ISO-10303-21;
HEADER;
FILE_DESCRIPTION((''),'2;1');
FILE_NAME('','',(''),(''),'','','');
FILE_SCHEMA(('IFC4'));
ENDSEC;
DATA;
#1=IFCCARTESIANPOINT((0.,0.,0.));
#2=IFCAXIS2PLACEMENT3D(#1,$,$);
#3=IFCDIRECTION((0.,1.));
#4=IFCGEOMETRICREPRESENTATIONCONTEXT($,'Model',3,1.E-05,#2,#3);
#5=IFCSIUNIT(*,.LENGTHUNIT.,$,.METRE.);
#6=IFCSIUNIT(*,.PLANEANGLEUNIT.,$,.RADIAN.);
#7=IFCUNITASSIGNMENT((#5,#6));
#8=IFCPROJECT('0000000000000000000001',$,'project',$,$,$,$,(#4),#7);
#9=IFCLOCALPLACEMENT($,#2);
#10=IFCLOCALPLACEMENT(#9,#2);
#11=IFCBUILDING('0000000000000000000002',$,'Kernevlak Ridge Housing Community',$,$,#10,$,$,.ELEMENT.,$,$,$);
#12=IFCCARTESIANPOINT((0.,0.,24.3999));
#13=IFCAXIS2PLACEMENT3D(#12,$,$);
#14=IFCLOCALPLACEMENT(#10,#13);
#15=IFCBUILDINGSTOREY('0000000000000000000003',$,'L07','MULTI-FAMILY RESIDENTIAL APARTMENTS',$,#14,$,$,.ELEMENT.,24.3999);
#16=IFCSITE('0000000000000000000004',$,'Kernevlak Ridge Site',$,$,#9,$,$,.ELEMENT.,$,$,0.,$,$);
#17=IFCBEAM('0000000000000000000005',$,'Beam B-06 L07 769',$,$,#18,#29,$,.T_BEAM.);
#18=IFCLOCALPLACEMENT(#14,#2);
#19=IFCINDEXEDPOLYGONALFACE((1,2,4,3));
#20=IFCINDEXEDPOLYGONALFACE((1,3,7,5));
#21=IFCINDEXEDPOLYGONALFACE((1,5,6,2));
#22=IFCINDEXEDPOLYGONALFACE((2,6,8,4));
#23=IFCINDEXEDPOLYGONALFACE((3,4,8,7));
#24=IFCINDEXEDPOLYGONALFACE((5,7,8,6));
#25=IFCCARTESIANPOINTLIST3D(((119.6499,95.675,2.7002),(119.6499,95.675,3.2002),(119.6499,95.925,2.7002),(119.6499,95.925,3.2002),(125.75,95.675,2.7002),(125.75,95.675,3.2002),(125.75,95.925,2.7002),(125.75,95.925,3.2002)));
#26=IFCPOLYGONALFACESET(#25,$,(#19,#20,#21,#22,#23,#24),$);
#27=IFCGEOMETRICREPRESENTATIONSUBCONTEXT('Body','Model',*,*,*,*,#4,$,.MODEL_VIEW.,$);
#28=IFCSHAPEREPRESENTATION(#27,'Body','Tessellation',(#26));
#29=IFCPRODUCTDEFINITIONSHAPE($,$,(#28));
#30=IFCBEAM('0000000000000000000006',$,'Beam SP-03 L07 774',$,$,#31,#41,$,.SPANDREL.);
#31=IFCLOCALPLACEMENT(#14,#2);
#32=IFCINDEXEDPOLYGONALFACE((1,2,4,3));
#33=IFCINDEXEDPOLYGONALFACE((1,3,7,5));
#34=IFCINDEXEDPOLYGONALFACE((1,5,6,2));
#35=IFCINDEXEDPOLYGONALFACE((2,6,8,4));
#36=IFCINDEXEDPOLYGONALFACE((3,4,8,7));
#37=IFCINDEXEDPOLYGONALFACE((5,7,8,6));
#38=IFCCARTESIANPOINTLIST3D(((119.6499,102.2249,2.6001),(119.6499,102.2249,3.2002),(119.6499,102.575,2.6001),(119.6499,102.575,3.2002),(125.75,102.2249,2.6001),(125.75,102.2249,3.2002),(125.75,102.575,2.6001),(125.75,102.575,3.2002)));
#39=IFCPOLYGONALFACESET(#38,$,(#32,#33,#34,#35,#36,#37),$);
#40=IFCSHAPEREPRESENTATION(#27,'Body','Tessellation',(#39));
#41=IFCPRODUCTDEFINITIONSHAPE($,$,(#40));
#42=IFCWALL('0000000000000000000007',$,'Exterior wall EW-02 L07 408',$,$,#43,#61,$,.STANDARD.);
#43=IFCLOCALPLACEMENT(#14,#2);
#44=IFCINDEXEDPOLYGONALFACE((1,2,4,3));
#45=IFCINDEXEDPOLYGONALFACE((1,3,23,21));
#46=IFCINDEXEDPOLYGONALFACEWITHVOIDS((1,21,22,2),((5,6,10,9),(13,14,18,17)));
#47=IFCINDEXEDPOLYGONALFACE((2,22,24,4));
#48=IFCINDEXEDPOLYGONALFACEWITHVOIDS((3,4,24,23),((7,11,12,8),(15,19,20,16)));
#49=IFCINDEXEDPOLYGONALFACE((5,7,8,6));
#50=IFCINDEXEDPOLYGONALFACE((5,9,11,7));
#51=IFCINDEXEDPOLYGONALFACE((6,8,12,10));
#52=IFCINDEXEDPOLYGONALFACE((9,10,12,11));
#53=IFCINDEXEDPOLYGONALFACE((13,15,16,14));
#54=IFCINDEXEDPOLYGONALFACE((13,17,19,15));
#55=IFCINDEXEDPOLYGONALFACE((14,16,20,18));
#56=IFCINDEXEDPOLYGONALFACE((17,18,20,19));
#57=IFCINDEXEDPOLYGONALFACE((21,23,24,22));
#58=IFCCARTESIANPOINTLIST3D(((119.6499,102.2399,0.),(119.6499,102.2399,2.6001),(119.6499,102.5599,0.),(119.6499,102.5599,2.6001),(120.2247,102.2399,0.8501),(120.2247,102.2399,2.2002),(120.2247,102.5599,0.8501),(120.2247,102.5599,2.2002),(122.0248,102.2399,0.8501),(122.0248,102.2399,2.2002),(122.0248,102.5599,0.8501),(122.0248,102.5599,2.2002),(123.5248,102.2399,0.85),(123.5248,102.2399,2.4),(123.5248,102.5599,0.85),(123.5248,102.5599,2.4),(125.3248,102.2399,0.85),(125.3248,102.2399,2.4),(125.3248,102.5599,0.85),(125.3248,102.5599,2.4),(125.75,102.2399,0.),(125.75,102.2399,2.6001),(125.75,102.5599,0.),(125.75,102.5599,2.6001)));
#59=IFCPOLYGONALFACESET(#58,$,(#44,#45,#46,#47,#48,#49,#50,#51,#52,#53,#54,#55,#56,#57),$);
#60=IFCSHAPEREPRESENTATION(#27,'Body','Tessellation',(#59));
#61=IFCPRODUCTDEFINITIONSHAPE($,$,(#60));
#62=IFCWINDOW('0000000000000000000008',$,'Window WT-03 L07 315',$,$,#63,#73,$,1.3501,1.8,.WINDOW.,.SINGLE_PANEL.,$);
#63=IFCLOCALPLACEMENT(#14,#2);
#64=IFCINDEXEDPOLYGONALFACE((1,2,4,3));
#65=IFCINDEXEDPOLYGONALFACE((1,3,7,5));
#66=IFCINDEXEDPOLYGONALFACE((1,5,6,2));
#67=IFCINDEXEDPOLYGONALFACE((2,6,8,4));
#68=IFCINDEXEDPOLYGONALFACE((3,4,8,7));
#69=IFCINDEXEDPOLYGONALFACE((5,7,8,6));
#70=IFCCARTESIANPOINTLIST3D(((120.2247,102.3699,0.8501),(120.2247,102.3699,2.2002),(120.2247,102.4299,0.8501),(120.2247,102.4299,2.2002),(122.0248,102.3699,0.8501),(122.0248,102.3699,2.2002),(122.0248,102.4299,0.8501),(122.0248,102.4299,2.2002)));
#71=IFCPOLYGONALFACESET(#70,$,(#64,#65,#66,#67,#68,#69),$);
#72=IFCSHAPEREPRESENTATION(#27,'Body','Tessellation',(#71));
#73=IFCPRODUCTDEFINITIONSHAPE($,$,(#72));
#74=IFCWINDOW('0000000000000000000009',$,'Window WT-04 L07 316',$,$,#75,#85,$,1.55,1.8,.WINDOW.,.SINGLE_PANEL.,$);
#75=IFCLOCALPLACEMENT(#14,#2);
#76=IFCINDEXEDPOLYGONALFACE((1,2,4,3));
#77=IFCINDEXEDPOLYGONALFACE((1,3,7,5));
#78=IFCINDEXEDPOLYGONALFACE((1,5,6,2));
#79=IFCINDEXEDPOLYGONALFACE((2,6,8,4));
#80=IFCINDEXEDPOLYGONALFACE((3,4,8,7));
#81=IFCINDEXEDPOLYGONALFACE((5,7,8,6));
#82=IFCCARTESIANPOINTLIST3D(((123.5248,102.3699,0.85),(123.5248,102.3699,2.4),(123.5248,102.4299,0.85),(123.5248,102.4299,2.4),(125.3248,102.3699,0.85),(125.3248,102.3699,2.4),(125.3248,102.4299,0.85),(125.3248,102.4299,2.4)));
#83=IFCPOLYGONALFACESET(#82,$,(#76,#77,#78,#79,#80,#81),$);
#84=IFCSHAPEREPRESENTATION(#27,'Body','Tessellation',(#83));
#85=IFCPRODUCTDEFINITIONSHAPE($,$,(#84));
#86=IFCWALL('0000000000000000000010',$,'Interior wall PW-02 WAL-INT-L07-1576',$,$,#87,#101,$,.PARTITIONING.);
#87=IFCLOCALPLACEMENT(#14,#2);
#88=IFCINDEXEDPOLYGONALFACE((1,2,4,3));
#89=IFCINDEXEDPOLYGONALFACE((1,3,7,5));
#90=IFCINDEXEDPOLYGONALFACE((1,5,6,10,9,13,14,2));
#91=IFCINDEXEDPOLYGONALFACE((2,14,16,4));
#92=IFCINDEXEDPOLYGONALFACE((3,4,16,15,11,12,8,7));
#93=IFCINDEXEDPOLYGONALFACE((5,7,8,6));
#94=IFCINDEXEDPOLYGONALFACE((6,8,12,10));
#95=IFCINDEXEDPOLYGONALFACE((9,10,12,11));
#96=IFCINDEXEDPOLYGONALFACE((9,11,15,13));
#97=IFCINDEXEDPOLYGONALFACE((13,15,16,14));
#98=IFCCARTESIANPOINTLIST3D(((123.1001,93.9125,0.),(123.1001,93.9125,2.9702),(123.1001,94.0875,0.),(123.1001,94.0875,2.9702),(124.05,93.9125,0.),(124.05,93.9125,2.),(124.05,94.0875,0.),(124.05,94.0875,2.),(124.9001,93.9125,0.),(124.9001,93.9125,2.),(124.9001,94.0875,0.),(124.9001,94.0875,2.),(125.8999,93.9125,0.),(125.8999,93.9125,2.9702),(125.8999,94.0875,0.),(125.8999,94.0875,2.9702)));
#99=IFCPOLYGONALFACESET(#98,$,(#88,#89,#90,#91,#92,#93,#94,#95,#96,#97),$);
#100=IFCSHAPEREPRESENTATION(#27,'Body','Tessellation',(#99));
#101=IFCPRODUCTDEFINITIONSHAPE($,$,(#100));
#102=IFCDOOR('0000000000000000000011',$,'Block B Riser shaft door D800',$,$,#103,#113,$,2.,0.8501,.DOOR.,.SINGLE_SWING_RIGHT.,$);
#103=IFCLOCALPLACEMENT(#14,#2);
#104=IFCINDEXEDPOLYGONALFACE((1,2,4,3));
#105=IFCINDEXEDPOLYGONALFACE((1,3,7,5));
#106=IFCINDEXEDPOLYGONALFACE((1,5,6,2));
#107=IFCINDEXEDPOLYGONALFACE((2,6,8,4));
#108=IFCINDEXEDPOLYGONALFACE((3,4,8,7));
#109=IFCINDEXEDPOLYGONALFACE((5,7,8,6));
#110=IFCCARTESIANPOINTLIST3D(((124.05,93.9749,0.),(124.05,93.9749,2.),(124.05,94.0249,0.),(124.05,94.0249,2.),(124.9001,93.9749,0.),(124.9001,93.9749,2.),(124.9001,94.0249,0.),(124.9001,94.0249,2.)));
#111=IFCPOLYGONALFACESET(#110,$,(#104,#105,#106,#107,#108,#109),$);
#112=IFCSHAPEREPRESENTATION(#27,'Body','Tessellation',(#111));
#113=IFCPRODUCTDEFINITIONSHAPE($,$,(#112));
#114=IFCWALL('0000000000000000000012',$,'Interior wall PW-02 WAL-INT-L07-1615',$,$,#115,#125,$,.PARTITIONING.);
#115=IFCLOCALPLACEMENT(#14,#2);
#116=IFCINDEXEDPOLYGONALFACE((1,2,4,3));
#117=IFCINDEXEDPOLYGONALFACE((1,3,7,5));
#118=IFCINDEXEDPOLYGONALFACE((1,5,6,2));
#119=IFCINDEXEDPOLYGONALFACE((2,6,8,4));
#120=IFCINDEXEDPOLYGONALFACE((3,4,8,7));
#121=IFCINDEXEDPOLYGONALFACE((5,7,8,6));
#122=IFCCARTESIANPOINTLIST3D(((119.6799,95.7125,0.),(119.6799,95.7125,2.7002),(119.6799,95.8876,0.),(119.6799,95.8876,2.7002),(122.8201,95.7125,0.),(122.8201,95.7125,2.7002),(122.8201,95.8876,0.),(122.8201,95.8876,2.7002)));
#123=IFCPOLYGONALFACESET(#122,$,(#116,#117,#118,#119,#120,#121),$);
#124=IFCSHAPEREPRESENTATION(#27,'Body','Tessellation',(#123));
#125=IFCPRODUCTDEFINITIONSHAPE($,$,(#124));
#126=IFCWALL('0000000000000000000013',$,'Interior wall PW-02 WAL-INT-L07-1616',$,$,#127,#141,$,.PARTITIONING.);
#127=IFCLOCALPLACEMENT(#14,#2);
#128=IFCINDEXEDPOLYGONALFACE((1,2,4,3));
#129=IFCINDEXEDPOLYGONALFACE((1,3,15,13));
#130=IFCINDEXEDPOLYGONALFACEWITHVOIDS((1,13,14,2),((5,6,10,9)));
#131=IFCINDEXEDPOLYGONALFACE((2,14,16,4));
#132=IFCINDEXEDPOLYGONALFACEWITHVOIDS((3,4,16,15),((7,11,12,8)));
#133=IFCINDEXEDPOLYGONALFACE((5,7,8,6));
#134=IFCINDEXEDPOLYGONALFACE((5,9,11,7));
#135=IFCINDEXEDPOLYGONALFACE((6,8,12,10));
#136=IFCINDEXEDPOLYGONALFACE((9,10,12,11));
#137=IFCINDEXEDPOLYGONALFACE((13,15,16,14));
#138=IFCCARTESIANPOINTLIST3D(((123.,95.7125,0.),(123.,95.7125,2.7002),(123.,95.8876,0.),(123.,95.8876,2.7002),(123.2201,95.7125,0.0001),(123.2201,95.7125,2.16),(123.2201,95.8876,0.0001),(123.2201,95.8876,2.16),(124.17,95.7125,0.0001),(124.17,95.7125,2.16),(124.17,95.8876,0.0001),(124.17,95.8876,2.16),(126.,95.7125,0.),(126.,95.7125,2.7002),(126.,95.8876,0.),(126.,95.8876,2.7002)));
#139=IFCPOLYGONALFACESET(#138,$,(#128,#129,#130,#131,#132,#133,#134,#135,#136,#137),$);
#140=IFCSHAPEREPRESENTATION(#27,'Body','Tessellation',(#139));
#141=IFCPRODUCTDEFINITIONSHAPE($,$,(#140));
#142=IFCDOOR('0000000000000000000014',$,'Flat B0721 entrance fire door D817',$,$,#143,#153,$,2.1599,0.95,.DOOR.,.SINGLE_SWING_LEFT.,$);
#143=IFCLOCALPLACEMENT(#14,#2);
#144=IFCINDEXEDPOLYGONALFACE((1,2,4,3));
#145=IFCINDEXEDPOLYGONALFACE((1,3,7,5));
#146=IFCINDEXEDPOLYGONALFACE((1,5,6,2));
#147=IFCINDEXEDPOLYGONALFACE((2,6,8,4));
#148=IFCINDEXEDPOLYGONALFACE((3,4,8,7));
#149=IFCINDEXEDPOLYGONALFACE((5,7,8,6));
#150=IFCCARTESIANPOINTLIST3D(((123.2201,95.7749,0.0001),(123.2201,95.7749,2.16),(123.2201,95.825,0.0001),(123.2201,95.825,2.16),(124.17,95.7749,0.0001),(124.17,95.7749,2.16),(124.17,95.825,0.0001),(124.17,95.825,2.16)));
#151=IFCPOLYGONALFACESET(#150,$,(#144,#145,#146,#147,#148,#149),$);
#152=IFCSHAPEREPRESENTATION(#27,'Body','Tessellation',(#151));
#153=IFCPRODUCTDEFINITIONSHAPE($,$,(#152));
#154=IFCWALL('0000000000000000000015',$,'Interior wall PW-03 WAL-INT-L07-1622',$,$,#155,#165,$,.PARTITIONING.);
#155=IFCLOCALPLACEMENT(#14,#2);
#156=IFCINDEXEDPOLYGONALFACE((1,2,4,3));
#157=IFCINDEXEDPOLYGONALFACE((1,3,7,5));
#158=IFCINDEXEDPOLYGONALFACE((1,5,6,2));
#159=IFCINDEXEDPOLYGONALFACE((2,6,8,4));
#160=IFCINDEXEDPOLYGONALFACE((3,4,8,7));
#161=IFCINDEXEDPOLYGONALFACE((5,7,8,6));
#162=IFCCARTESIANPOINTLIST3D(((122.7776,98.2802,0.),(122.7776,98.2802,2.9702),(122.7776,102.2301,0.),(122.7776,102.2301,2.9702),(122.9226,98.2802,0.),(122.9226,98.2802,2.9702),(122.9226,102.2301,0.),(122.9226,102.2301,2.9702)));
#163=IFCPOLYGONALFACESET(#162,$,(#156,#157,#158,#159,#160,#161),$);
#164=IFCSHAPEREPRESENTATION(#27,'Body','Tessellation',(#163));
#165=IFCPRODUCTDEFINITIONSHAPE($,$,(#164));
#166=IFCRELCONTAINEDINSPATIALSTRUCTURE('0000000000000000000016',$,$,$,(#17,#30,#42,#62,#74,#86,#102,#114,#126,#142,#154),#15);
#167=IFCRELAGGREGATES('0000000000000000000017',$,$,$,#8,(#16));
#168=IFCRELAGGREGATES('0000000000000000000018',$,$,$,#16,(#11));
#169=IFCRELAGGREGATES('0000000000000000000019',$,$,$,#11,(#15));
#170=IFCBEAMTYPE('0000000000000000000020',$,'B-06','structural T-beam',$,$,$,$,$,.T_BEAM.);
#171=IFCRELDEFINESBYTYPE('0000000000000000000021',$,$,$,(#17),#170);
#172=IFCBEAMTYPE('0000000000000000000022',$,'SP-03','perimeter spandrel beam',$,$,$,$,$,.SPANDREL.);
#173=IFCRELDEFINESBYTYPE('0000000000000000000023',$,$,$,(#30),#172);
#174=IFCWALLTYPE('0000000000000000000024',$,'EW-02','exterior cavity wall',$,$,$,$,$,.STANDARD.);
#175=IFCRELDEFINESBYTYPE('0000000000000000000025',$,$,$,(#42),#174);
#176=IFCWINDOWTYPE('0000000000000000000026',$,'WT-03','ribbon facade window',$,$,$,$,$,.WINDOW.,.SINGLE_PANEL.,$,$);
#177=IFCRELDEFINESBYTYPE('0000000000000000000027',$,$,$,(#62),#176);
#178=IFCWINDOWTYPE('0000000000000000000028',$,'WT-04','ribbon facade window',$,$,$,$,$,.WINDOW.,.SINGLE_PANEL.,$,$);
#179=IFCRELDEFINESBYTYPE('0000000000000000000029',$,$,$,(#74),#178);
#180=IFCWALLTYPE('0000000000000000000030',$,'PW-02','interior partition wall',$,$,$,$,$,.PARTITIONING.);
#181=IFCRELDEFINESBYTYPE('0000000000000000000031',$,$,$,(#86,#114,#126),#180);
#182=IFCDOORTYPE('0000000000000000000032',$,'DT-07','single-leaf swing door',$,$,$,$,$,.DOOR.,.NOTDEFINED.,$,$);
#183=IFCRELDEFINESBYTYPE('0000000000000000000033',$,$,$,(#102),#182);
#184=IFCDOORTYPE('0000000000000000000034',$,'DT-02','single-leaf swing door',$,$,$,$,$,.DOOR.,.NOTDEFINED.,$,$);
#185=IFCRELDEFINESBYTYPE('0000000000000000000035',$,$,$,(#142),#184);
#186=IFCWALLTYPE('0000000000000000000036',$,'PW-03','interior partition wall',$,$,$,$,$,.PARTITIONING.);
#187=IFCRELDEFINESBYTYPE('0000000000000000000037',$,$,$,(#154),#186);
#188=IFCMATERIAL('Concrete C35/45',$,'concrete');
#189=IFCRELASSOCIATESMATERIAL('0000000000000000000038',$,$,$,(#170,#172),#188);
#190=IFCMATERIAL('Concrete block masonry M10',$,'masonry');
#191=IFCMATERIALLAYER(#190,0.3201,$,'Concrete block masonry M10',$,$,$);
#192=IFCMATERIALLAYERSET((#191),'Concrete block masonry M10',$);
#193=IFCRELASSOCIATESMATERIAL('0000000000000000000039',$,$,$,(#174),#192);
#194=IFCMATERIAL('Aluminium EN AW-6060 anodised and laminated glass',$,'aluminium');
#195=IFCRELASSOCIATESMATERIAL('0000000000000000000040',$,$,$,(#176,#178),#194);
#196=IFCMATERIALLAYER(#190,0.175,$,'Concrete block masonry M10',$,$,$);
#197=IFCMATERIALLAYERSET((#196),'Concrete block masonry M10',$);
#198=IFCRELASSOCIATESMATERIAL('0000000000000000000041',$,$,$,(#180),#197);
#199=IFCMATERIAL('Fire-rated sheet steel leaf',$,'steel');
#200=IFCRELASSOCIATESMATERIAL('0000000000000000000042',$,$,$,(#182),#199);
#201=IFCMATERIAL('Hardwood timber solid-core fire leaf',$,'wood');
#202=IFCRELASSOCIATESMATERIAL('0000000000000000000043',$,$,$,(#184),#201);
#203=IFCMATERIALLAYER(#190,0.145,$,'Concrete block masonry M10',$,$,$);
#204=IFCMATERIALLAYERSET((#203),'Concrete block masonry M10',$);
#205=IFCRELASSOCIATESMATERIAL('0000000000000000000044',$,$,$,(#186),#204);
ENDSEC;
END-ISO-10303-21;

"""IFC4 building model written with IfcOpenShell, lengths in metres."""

from ifc_helpers import new_model, si_unit, direction, frame, frame_2d, origin, origin_2d, place, context, subcontext, project, spatial, rectangle, extrude, material, layer, layer_set, material_profile, profile_set, type_object, element, fill, save


model = new_model("IFC4")

# Units and contexts
model_context = context("Model", 3, precision=1e-05, world=origin(), true_north=direction((0.0, 1.0)))
body_context = subcontext(model_context, "Body", "Model", "MODEL_VIEW")
ifc_project = project(units=[si_unit("LENGTHUNIT", "METRE"), si_unit("PLANEANGLEUNIT", "RADIAN")], contexts=[model_context])

# Site, building, storey
site_placement = place(None, origin())
site = spatial("IfcSite", under=ifc_project, at=site_placement, Name="Kernevlak Ridge Site", CompositionType="ELEMENT", RefElevation=0.0)
building_placement = place(site_placement, origin())
building = spatial("IfcBuilding", under=site, at=building_placement, Name="Kernevlak Ridge Housing Community", CompositionType="ELEMENT")
storey_placement = place(building_placement, frame((0.0, 0.0, 24.3999)))
storey = spatial("IfcBuildingStorey", under=building, at=storey_placement, Name="L07", Description="MULTI-FAMILY RESIDENTIAL APARTMENTS", CompositionType="ELEMENT", Elevation=24.3999)

# Beams
ifc_material_1 = material(Name="Concrete C35/45", Category="concrete")
ifc_material_profile_1 = material_profile(ifc_material_1, rectangle(XDim=0.25, YDim=0.5, at=origin_2d()), Name="RC 250x500")
ifc_profile_set_1 = profile_set([ifc_material_profile_1], Name="Concrete C35/45")
beam_type_1 = type_object("IfcBeamType", Name="B-06", Description="structural T-beam", PredefinedType="T_BEAM", material=ifc_profile_set_1)
beam_1_placement = place(storey_placement, frame((119.6499, 95.8, 2.9502), z_axis=(1.0, 0.0, 0.0), x_axis=(0.0, 1.0, 0.0)))
element("IfcBeam", 1, at=beam_1_placement, inside=storey, type_object=beam_type_1, Name="Beam B-06 L07 769", PredefinedType="T_BEAM", context=body_context, shape_type="SweptSolid", body=[
    extrude(rectangle(XDim=0.25, YDim=0.5, at=origin_2d()), origin(), (0.0, 0.0, 1.0), 6.1001),
])
ifc_material_profile_2 = material_profile(ifc_material_1, rectangle(XDim=0.3501, YDim=0.6001, at=origin_2d()), Name="RC 350x600")
ifc_profile_set_2 = profile_set([ifc_material_profile_2], Name="Concrete C35/45")
beam_type_2 = type_object("IfcBeamType", Name="SP-03", Description="perimeter spandrel beam", PredefinedType="SPANDREL", material=ifc_profile_set_2)
beam_2_placement = place(storey_placement, frame((119.6499, 102.3999, 2.9001), z_axis=(1.0, 0.0, 0.0), x_axis=(0.0, 1.0, 0.0)))
element("IfcBeam", 2, at=beam_2_placement, inside=storey, type_object=beam_type_2, Name="Beam SP-03 L07 774", PredefinedType="SPANDREL", context=body_context, shape_type="SweptSolid", body=[
    extrude(rectangle(XDim=0.3501, YDim=0.6001, at=origin_2d()), origin(), (0.0, 0.0, 1.0), 6.1001),
])

# Wall, openings, windows
ifc_material_2 = material(Name="Concrete block masonry M10", Category="masonry")
ifc_layer_1 = layer(ifc_material_2, 0.3201, Name="Concrete block masonry M10")
ifc_layer_set_1 = layer_set([ifc_layer_1], Name="Concrete block masonry M10")
wall_type_1 = type_object("IfcWallType", Name="EW-02", Description="exterior cavity wall", PredefinedType="STANDARD", material=ifc_layer_set_1)
wall_1_placement = place(storey_placement, frame((119.6499, 102.3999, 0.0), z_axis=(0.0, 0.0, 1.0), x_axis=(1.0, 0.0, 0.0)))
wall_1 = element("IfcWall", 3, at=wall_1_placement, inside=storey, type_object=wall_type_1, Name="Exterior wall EW-02 L07 408", PredefinedType="STANDARD", context=body_context, shape_type="SweptSolid", body=[
    extrude(rectangle(XDim=6.1001, YDim=0.3201, at=frame_2d((3.05, 0.0))), origin(), (0.0, 0.0, 1.0), 2.6001),
])
opening_1_placement = place(wall_1_placement, frame((0.575, 0.0, 0.8501)))
opening_1 = element("IfcOpeningElement", 4, at=opening_1_placement, cuts=wall_1, PredefinedType="OPENING", context=body_context, shape_type="SweptSolid", body=[
    extrude(rectangle(XDim=1.8, YDim=1.3501, at=frame_2d((0.8999, 0.675))), frame((0.0, 0.1699, 0.0), z_axis=(0.0, -1.0, 0.0), x_axis=(1.0, 0.0, 0.0)), (0.0, 0.0, 1.0), 0.3401),
])
opening_2_placement = place(wall_1_placement, frame((3.875, 0.0, 0.8501)))
opening_2 = element("IfcOpeningElement", 5, at=opening_2_placement, cuts=wall_1, PredefinedType="OPENING", context=body_context, shape_type="SweptSolid", body=[
    extrude(rectangle(XDim=1.8, YDim=1.55, at=frame_2d((0.8999, 0.7749))), frame((0.0, 0.1699, 0.0), z_axis=(0.0, -1.0, 0.0), x_axis=(1.0, 0.0, 0.0)), (0.0, 0.0, 1.0), 0.3401),
])
ifc_material_3 = material(Name="Aluminium EN AW-6060 anodised and laminated glass", Category="aluminium")
window_type_1 = type_object("IfcWindowType", Name="WT-03", Description="ribbon facade window", PartitioningType="SINGLE_PANEL", PredefinedType="WINDOW", material=ifc_material_3)
window_1_placement = place(opening_1_placement, origin())
window_1 = element("IfcWindow", 6, at=window_1_placement, inside=storey, type_object=window_type_1, Name="Window WT-03 L07 315", OverallHeight=1.3501, OverallWidth=1.8, PartitioningType="SINGLE_PANEL", PredefinedType="WINDOW", context=body_context, shape_type="SweptSolid", body=[
    extrude(rectangle(XDim=1.8, YDim=1.3501, at=frame_2d((0.8999, 0.675))), frame((0.0, 0.03, 0.0), z_axis=(0.0, -1.0, 0.0), x_axis=(1.0, 0.0, 0.0)), (0.0, 0.0, 1.0), 0.0601),
])
fill(opening_1, window_1)
window_type_2 = type_object("IfcWindowType", Name="WT-04", Description="ribbon facade window", PartitioningType="SINGLE_PANEL", PredefinedType="WINDOW", material=ifc_material_3)
window_2_placement = place(opening_2_placement, origin())
window_2 = element("IfcWindow", 7, at=window_2_placement, inside=storey, type_object=window_type_2, Name="Window WT-04 L07 316", OverallHeight=1.55, OverallWidth=1.8, PartitioningType="SINGLE_PANEL", PredefinedType="WINDOW", context=body_context, shape_type="SweptSolid", body=[
    extrude(rectangle(XDim=1.8, YDim=1.55, at=frame_2d((0.8999, 0.7749))), frame((0.0, 0.03, 0.0), z_axis=(0.0, -1.0, 0.0), x_axis=(1.0, 0.0, 0.0)), (0.0, 0.0, 1.0), 0.0601),
])
fill(opening_2, window_2)

# Wall, opening, door
ifc_layer_2 = layer(ifc_material_2, 0.175, Name="Concrete block masonry M10")
ifc_layer_set_2 = layer_set([ifc_layer_2], Name="Concrete block masonry M10")
wall_type_2 = type_object("IfcWallType", Name="PW-02", Description="interior partition wall", PredefinedType="PARTITIONING", material=ifc_layer_set_2)
wall_2_placement = place(storey_placement, frame((123.1001, 94.0, 0.0), z_axis=(0.0, 0.0, 1.0), x_axis=(1.0, 0.0, 0.0)))
wall_2 = element("IfcWall", 8, at=wall_2_placement, inside=storey, type_object=wall_type_2, Name="Interior wall PW-02 WAL-INT-L07-1576", PredefinedType="PARTITIONING", context=body_context, shape_type="SweptSolid", body=[
    extrude(rectangle(XDim=2.7998, YDim=0.175, at=frame_2d((1.3999, 0.0))), origin(), (0.0, 0.0, 1.0), 2.9702),
])
opening_3_placement = place(wall_2_placement, frame((0.95, 0.0, 0.0)))
opening_3 = element("IfcOpeningElement", 9, at=opening_3_placement, cuts=wall_2, PredefinedType="OPENING", context=body_context, shape_type="SweptSolid", body=[
    extrude(rectangle(XDim=0.8501, YDim=2.0, at=frame_2d((0.425, 1.0))), frame((0.0, 0.0974, 0.0), z_axis=(0.0, -1.0, 0.0), x_axis=(1.0, 0.0, 0.0)), (0.0, 0.0, 1.0), 0.1951),
])
ifc_material_4 = material(Name="Fire-rated sheet steel leaf", Category="steel")
door_type_1 = type_object("IfcDoorType", Name="DT-07", Description="single-leaf swing door", OperationType="NOTDEFINED", PredefinedType="DOOR", material=ifc_material_4)
door_1_placement = place(opening_3_placement, origin())
door_1 = element("IfcDoor", 10, at=door_1_placement, inside=storey, type_object=door_type_1, Name="Block B Riser shaft door D800", OperationType="SINGLE_SWING_RIGHT", OverallHeight=2.0, OverallWidth=0.8501, PredefinedType="DOOR", context=body_context, shape_type="SweptSolid", body=[
    extrude(rectangle(XDim=0.8501, YDim=2.0, at=frame_2d((0.425, 1.0))), frame((0.0, 0.0249, 0.0), z_axis=(0.0, -1.0, 0.0), x_axis=(1.0, 0.0, 0.0)), (0.0, 0.0, 1.0), 0.05),
])
fill(opening_3, door_1)

# Wall
wall_3_placement = place(storey_placement, frame((119.6799, 95.8, 0.0), z_axis=(0.0, 0.0, 1.0), x_axis=(1.0, 0.0, 0.0)))
element("IfcWall", 11, at=wall_3_placement, inside=storey, type_object=wall_type_2, Name="Interior wall PW-02 WAL-INT-L07-1615", PredefinedType="PARTITIONING", context=body_context, shape_type="SweptSolid", body=[
    extrude(rectangle(XDim=3.1401, YDim=0.175, at=frame_2d((1.5701, 0.0))), origin(), (0.0, 0.0, 1.0), 2.7002),
])

# Wall, opening, door
wall_4_placement = place(storey_placement, frame((123.0, 95.8, 0.0), z_axis=(0.0, 0.0, 1.0), x_axis=(1.0, 0.0, 0.0)))
wall_4 = element("IfcWall", 12, at=wall_4_placement, inside=storey, type_object=wall_type_2, Name="Interior wall PW-02 WAL-INT-L07-1616", PredefinedType="PARTITIONING", context=body_context, shape_type="SweptSolid", body=[
    extrude(rectangle(XDim=3.0, YDim=0.175, at=frame_2d((1.5, 0.0))), origin(), (0.0, 0.0, 1.0), 2.7002),
])
opening_4_placement = place(wall_4_placement, frame((0.22, 0.0, 0.0)))
opening_4 = element("IfcOpeningElement", 13, at=opening_4_placement, cuts=wall_4, PredefinedType="OPENING", context=body_context, shape_type="SweptSolid", body=[
    extrude(rectangle(XDim=0.95, YDim=2.1599, at=frame_2d((0.4751, 1.0801))), frame((0.0, 0.0974, 0.0), z_axis=(0.0, -1.0, 0.0), x_axis=(1.0, 0.0, 0.0)), (0.0, 0.0, 1.0), 0.1951),
])
ifc_material_5 = material(Name="Hardwood timber solid-core fire leaf", Category="wood")
door_type_2 = type_object("IfcDoorType", Name="DT-02", Description="single-leaf swing door", OperationType="NOTDEFINED", PredefinedType="DOOR", material=ifc_material_5)
door_2_placement = place(opening_4_placement, origin())
door_2 = element("IfcDoor", 14, at=door_2_placement, inside=storey, type_object=door_type_2, Name="Flat B0721 entrance fire door D817", OperationType="SINGLE_SWING_LEFT", OverallHeight=2.1599, OverallWidth=0.95, PredefinedType="DOOR", context=body_context, shape_type="SweptSolid", body=[
    extrude(rectangle(XDim=0.95, YDim=2.1599, at=frame_2d((0.4751, 1.0801))), frame((0.0, 0.0249, 0.0), z_axis=(0.0, -1.0, 0.0), x_axis=(1.0, 0.0, 0.0)), (0.0, 0.0, 1.0), 0.05),
])
fill(opening_4, door_2)

# Wall
ifc_layer_3 = layer(ifc_material_2, 0.145, Name="Concrete block masonry M10")
ifc_layer_set_3 = layer_set([ifc_layer_3], Name="Concrete block masonry M10")
wall_type_3 = type_object("IfcWallType", Name="PW-03", Description="interior partition wall", PredefinedType="PARTITIONING", material=ifc_layer_set_3)
wall_5_placement = place(storey_placement, frame((122.8501, 98.28, 0.0), z_axis=(0.0, 0.0, 1.0), x_axis=(0.0, 1.0, 0.0)))
element("IfcWall", 15, at=wall_5_placement, inside=storey, type_object=wall_type_3, Name="Interior wall PW-03 WAL-INT-L07-1622", PredefinedType="PARTITIONING", context=body_context, shape_type="SweptSolid", body=[
    extrude(rectangle(XDim=3.95, YDim=0.145, at=frame_2d((1.9751, 0.0))), origin(), (0.0, 0.0, 1.0), 2.9702),
])

save(model, "model.ifc")
